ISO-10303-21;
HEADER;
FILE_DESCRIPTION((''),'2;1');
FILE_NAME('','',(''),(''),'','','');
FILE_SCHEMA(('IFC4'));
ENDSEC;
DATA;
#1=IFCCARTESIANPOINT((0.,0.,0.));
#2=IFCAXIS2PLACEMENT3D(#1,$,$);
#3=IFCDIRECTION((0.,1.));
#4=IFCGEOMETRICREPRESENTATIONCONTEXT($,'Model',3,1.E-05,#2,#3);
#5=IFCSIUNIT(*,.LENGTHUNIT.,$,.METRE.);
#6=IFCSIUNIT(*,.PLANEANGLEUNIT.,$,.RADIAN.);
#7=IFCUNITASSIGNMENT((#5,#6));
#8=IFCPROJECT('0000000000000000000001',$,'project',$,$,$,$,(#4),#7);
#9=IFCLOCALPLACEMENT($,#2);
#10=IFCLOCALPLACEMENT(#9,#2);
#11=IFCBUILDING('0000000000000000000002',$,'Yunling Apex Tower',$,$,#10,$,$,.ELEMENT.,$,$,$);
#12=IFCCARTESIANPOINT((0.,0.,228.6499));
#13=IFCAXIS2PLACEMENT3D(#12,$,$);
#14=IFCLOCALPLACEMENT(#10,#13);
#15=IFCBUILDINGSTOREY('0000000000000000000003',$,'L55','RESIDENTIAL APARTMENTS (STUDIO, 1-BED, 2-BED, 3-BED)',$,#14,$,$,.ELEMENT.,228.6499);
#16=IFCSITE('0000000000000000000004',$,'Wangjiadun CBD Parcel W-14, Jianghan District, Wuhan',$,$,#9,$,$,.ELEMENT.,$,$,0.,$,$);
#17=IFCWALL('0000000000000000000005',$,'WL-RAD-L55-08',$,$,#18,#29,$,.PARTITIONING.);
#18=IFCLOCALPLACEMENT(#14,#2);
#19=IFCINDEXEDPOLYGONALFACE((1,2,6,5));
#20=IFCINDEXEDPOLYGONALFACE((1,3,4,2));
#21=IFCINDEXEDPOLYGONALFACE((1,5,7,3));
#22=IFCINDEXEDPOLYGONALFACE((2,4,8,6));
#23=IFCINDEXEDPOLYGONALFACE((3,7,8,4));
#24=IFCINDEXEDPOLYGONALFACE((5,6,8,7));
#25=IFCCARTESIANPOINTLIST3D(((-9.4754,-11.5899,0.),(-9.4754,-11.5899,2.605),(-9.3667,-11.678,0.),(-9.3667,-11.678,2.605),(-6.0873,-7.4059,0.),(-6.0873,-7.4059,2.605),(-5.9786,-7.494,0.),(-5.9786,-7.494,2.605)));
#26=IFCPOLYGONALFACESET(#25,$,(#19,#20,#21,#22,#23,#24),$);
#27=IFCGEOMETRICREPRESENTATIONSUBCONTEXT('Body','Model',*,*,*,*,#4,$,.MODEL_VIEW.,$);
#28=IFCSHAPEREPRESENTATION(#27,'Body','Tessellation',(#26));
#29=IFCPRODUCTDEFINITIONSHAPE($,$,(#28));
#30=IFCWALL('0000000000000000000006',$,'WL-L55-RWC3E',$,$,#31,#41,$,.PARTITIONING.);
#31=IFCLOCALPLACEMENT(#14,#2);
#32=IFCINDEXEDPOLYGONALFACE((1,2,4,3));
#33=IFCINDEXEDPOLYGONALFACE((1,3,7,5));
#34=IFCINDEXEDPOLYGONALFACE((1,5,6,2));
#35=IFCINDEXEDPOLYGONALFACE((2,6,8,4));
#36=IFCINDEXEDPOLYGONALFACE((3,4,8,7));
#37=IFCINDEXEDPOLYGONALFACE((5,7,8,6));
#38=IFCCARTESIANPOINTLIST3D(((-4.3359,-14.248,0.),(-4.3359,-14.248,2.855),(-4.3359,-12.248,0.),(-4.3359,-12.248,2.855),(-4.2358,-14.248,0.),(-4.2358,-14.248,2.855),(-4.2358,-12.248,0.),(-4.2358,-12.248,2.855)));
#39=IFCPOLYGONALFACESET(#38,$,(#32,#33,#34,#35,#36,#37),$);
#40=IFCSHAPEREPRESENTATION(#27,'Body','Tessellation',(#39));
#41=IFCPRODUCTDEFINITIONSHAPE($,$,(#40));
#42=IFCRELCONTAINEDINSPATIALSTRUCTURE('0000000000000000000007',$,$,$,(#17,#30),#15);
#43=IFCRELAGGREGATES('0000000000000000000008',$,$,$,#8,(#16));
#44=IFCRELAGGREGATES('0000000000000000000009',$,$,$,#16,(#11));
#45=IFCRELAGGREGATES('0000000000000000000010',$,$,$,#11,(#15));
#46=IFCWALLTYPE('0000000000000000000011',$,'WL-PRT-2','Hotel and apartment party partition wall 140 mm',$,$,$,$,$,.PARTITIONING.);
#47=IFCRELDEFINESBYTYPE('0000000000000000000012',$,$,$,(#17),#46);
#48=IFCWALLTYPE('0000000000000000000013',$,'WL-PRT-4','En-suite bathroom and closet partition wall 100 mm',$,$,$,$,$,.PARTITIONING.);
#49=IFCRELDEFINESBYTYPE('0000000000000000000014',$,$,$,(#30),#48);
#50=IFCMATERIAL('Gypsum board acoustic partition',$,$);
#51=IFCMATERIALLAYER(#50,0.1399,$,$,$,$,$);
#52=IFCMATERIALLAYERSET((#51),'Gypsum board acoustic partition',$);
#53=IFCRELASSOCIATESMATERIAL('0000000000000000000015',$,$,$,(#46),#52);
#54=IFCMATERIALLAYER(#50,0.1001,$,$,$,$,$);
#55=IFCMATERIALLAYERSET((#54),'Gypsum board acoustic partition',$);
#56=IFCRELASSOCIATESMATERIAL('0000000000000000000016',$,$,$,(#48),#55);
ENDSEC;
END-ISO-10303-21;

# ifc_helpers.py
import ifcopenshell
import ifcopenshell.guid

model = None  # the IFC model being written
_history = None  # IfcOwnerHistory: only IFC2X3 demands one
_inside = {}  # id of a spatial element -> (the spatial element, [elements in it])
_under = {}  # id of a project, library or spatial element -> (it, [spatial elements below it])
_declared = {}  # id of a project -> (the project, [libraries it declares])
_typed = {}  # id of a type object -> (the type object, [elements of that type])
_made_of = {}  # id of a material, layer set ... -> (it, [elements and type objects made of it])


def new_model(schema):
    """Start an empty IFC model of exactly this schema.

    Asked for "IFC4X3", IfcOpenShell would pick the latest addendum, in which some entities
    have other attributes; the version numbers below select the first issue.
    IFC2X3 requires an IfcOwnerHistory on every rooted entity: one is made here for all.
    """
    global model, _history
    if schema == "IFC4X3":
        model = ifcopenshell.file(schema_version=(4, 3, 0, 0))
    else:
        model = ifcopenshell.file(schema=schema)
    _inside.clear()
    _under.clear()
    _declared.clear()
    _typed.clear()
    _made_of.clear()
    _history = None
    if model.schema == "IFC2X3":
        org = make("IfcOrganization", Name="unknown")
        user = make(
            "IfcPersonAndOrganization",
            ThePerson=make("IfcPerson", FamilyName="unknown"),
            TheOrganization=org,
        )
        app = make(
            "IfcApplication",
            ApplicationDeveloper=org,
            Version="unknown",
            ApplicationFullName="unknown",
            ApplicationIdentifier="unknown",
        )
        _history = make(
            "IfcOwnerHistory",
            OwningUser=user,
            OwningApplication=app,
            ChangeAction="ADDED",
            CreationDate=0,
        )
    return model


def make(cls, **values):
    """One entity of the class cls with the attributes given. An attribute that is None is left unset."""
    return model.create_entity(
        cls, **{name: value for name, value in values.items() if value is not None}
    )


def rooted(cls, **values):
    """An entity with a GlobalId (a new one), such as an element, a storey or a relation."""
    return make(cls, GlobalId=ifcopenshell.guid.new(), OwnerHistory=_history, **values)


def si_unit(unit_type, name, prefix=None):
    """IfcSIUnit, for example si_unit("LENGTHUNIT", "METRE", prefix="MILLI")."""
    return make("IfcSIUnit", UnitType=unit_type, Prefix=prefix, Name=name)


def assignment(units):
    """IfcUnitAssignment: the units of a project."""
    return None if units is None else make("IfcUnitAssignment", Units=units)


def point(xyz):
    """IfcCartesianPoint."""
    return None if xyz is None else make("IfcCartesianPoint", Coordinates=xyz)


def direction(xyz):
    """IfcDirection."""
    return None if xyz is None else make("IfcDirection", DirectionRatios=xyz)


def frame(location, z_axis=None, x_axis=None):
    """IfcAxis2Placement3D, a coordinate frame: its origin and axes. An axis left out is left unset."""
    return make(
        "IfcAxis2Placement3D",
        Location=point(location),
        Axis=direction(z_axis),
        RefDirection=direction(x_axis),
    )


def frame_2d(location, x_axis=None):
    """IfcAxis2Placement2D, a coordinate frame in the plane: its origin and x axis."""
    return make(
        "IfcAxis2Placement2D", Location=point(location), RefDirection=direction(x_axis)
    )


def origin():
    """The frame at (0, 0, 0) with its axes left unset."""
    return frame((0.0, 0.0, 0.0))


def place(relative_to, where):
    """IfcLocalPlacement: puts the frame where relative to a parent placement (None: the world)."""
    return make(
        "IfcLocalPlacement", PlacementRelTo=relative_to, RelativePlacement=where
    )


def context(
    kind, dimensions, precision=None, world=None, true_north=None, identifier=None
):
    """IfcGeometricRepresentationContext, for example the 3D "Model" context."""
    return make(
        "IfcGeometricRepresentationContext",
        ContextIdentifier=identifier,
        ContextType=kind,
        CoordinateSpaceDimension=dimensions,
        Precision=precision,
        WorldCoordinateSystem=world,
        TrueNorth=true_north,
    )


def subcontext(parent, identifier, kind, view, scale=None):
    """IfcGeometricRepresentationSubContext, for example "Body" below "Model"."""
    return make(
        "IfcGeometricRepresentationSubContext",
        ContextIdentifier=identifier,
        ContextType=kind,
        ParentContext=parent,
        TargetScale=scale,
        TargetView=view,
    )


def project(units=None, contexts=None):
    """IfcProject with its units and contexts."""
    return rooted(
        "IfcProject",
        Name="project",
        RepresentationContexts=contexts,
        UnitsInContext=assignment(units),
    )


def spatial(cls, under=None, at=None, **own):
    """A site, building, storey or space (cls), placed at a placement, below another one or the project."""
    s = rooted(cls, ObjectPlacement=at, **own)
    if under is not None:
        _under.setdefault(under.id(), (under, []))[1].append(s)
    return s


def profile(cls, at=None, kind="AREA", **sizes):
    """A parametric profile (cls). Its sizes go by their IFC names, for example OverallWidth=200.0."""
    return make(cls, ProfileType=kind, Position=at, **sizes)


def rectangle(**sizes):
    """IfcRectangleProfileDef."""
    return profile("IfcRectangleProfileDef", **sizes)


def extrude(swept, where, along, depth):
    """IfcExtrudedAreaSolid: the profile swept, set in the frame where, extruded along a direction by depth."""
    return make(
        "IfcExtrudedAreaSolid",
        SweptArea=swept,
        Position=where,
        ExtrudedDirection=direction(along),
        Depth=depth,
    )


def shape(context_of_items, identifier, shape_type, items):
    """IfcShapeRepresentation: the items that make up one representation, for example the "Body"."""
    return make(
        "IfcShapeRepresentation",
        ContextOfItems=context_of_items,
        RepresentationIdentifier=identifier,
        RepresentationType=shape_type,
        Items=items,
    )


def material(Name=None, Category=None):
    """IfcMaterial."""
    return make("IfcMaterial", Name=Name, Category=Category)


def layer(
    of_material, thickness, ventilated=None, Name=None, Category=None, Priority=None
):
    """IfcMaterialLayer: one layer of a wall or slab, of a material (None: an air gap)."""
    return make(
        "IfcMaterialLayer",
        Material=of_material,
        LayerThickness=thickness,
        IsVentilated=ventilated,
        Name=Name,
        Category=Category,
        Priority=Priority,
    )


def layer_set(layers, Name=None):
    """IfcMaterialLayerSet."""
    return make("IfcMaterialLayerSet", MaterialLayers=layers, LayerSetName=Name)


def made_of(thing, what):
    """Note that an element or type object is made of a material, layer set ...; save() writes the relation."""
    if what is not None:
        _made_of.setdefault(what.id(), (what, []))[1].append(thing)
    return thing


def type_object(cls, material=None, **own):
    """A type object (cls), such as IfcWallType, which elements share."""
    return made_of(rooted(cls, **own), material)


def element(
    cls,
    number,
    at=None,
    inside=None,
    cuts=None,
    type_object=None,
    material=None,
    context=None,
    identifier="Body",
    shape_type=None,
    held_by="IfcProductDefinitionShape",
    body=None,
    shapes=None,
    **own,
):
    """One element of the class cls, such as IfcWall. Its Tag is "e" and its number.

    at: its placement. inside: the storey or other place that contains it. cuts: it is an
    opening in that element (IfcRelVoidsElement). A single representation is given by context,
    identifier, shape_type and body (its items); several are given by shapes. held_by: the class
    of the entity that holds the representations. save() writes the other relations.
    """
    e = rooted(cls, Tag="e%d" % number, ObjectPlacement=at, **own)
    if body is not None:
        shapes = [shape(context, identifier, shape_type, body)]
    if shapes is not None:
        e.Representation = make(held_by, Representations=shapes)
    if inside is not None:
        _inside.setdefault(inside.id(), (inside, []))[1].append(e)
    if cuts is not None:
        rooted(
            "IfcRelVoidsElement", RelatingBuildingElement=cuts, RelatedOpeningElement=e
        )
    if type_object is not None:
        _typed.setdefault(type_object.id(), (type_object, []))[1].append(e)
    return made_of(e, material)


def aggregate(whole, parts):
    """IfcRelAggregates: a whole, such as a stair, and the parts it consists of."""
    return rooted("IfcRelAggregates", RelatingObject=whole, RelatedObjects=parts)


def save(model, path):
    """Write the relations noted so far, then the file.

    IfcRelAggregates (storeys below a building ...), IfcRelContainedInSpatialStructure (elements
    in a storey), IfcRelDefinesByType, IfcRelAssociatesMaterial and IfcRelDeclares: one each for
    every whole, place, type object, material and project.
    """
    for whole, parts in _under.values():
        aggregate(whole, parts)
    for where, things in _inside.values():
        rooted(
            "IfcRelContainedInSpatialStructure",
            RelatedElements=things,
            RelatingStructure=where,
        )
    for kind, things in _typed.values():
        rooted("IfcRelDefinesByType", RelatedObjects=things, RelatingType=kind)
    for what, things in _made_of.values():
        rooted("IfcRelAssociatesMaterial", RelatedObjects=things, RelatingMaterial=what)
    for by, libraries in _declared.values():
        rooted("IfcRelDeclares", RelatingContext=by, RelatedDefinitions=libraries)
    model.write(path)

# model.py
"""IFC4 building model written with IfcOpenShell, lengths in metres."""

from ifc_helpers import new_model, si_unit, direction, frame, frame_2d, origin, place, context, subcontext, project, spatial, rectangle, extrude, material, layer, layer_set, type_object, element, save


model = new_model("IFC4")

# Units and contexts
model_context = context("Model", 3, precision=1e-05, world=origin(), true_north=direction((0.0, 1.0)))
body_context = subcontext(model_context, "Body", "Model", "MODEL_VIEW")
ifc_project = project(units=[si_unit("LENGTHUNIT", "METRE"), si_unit("PLANEANGLEUNIT", "RADIAN")], contexts=[model_context])

# Site, building, storey
site_placement = place(None, origin())
site = spatial("IfcSite", under=ifc_project, at=site_placement, Name="Wangjiadun CBD Parcel W-14, Jianghan District, Wuhan", CompositionType="ELEMENT", RefElevation=0.0)
building_placement = place(site_placement, origin())
building = spatial("IfcBuilding", under=site, at=building_placement, Name="Yunling Apex Tower", CompositionType="ELEMENT")
storey_placement = place(building_placement, frame((0.0, 0.0, 228.6499)))
storey = spatial("IfcBuildingStorey", under=building, at=storey_placement, Name="L55", Description="RESIDENTIAL APARTMENTS (STUDIO, 1-BED, 2-BED, 3-BED)", CompositionType="ELEMENT", Elevation=228.6499)

# Shared definitions
ifc_material_1 = material(Name="Gypsum board acoustic partition")

# Walls
ifc_layer_1 = layer(ifc_material_1, 0.1399)
ifc_layer_set_1 = layer_set([ifc_layer_1], Name="Gypsum board acoustic partition")
wall_type_1 = type_object("IfcWallType", Name="WL-PRT-2", Description="Hotel and apartment party partition wall 140 mm", PredefinedType="PARTITIONING", material=ifc_layer_set_1)
wall_1_placement = place(storey_placement, frame((-6.033, -7.45, 0.0), z_axis=(0.0, 0.0, 1.0), x_axis=(-0.629318, -0.777148, 0.0)))
element("IfcWall", 1, at=wall_1_placement, inside=storey, type_object=wall_type_1, Name="WL-RAD-L55-08", PredefinedType="PARTITIONING", context=body_context, shape_type="SweptSolid", body=[
    extrude(rectangle(XDim=5.3838, YDim=0.1399, at=frame_2d((2.6919, 0.0))), origin(), (0.0, 0.0, 1.0), 2.605),
])
ifc_layer_2 = layer(ifc_material_1, 0.1001)
ifc_layer_set_2 = layer_set([ifc_layer_2], Name="Gypsum board acoustic partition")
wall_type_2 = type_object("IfcWallType", Name="WL-PRT-4", Description="En-suite bathroom and closet partition wall 100 mm", PredefinedType="PARTITIONING", material=ifc_layer_set_2)
wall_2_placement = place(storey_placement, frame((-4.2859, -12.248, 0.0), z_axis=(0.0, 0.0, 1.0), x_axis=(0.0, -1.0, 0.0)))
element("IfcWall", 2, at=wall_2_placement, inside=storey, type_object=wall_type_2, Name="WL-L55-RWC3E", PredefinedType="PARTITIONING", context=body_context, shape_type="SweptSolid", body=[
    extrude(rectangle(XDim=2.0, YDim=0.1001, at=frame_2d((1.0, 0.0))), origin(), (0.0, 0.0, 1.0), 2.855),
])

save(model, "model.ifc")
